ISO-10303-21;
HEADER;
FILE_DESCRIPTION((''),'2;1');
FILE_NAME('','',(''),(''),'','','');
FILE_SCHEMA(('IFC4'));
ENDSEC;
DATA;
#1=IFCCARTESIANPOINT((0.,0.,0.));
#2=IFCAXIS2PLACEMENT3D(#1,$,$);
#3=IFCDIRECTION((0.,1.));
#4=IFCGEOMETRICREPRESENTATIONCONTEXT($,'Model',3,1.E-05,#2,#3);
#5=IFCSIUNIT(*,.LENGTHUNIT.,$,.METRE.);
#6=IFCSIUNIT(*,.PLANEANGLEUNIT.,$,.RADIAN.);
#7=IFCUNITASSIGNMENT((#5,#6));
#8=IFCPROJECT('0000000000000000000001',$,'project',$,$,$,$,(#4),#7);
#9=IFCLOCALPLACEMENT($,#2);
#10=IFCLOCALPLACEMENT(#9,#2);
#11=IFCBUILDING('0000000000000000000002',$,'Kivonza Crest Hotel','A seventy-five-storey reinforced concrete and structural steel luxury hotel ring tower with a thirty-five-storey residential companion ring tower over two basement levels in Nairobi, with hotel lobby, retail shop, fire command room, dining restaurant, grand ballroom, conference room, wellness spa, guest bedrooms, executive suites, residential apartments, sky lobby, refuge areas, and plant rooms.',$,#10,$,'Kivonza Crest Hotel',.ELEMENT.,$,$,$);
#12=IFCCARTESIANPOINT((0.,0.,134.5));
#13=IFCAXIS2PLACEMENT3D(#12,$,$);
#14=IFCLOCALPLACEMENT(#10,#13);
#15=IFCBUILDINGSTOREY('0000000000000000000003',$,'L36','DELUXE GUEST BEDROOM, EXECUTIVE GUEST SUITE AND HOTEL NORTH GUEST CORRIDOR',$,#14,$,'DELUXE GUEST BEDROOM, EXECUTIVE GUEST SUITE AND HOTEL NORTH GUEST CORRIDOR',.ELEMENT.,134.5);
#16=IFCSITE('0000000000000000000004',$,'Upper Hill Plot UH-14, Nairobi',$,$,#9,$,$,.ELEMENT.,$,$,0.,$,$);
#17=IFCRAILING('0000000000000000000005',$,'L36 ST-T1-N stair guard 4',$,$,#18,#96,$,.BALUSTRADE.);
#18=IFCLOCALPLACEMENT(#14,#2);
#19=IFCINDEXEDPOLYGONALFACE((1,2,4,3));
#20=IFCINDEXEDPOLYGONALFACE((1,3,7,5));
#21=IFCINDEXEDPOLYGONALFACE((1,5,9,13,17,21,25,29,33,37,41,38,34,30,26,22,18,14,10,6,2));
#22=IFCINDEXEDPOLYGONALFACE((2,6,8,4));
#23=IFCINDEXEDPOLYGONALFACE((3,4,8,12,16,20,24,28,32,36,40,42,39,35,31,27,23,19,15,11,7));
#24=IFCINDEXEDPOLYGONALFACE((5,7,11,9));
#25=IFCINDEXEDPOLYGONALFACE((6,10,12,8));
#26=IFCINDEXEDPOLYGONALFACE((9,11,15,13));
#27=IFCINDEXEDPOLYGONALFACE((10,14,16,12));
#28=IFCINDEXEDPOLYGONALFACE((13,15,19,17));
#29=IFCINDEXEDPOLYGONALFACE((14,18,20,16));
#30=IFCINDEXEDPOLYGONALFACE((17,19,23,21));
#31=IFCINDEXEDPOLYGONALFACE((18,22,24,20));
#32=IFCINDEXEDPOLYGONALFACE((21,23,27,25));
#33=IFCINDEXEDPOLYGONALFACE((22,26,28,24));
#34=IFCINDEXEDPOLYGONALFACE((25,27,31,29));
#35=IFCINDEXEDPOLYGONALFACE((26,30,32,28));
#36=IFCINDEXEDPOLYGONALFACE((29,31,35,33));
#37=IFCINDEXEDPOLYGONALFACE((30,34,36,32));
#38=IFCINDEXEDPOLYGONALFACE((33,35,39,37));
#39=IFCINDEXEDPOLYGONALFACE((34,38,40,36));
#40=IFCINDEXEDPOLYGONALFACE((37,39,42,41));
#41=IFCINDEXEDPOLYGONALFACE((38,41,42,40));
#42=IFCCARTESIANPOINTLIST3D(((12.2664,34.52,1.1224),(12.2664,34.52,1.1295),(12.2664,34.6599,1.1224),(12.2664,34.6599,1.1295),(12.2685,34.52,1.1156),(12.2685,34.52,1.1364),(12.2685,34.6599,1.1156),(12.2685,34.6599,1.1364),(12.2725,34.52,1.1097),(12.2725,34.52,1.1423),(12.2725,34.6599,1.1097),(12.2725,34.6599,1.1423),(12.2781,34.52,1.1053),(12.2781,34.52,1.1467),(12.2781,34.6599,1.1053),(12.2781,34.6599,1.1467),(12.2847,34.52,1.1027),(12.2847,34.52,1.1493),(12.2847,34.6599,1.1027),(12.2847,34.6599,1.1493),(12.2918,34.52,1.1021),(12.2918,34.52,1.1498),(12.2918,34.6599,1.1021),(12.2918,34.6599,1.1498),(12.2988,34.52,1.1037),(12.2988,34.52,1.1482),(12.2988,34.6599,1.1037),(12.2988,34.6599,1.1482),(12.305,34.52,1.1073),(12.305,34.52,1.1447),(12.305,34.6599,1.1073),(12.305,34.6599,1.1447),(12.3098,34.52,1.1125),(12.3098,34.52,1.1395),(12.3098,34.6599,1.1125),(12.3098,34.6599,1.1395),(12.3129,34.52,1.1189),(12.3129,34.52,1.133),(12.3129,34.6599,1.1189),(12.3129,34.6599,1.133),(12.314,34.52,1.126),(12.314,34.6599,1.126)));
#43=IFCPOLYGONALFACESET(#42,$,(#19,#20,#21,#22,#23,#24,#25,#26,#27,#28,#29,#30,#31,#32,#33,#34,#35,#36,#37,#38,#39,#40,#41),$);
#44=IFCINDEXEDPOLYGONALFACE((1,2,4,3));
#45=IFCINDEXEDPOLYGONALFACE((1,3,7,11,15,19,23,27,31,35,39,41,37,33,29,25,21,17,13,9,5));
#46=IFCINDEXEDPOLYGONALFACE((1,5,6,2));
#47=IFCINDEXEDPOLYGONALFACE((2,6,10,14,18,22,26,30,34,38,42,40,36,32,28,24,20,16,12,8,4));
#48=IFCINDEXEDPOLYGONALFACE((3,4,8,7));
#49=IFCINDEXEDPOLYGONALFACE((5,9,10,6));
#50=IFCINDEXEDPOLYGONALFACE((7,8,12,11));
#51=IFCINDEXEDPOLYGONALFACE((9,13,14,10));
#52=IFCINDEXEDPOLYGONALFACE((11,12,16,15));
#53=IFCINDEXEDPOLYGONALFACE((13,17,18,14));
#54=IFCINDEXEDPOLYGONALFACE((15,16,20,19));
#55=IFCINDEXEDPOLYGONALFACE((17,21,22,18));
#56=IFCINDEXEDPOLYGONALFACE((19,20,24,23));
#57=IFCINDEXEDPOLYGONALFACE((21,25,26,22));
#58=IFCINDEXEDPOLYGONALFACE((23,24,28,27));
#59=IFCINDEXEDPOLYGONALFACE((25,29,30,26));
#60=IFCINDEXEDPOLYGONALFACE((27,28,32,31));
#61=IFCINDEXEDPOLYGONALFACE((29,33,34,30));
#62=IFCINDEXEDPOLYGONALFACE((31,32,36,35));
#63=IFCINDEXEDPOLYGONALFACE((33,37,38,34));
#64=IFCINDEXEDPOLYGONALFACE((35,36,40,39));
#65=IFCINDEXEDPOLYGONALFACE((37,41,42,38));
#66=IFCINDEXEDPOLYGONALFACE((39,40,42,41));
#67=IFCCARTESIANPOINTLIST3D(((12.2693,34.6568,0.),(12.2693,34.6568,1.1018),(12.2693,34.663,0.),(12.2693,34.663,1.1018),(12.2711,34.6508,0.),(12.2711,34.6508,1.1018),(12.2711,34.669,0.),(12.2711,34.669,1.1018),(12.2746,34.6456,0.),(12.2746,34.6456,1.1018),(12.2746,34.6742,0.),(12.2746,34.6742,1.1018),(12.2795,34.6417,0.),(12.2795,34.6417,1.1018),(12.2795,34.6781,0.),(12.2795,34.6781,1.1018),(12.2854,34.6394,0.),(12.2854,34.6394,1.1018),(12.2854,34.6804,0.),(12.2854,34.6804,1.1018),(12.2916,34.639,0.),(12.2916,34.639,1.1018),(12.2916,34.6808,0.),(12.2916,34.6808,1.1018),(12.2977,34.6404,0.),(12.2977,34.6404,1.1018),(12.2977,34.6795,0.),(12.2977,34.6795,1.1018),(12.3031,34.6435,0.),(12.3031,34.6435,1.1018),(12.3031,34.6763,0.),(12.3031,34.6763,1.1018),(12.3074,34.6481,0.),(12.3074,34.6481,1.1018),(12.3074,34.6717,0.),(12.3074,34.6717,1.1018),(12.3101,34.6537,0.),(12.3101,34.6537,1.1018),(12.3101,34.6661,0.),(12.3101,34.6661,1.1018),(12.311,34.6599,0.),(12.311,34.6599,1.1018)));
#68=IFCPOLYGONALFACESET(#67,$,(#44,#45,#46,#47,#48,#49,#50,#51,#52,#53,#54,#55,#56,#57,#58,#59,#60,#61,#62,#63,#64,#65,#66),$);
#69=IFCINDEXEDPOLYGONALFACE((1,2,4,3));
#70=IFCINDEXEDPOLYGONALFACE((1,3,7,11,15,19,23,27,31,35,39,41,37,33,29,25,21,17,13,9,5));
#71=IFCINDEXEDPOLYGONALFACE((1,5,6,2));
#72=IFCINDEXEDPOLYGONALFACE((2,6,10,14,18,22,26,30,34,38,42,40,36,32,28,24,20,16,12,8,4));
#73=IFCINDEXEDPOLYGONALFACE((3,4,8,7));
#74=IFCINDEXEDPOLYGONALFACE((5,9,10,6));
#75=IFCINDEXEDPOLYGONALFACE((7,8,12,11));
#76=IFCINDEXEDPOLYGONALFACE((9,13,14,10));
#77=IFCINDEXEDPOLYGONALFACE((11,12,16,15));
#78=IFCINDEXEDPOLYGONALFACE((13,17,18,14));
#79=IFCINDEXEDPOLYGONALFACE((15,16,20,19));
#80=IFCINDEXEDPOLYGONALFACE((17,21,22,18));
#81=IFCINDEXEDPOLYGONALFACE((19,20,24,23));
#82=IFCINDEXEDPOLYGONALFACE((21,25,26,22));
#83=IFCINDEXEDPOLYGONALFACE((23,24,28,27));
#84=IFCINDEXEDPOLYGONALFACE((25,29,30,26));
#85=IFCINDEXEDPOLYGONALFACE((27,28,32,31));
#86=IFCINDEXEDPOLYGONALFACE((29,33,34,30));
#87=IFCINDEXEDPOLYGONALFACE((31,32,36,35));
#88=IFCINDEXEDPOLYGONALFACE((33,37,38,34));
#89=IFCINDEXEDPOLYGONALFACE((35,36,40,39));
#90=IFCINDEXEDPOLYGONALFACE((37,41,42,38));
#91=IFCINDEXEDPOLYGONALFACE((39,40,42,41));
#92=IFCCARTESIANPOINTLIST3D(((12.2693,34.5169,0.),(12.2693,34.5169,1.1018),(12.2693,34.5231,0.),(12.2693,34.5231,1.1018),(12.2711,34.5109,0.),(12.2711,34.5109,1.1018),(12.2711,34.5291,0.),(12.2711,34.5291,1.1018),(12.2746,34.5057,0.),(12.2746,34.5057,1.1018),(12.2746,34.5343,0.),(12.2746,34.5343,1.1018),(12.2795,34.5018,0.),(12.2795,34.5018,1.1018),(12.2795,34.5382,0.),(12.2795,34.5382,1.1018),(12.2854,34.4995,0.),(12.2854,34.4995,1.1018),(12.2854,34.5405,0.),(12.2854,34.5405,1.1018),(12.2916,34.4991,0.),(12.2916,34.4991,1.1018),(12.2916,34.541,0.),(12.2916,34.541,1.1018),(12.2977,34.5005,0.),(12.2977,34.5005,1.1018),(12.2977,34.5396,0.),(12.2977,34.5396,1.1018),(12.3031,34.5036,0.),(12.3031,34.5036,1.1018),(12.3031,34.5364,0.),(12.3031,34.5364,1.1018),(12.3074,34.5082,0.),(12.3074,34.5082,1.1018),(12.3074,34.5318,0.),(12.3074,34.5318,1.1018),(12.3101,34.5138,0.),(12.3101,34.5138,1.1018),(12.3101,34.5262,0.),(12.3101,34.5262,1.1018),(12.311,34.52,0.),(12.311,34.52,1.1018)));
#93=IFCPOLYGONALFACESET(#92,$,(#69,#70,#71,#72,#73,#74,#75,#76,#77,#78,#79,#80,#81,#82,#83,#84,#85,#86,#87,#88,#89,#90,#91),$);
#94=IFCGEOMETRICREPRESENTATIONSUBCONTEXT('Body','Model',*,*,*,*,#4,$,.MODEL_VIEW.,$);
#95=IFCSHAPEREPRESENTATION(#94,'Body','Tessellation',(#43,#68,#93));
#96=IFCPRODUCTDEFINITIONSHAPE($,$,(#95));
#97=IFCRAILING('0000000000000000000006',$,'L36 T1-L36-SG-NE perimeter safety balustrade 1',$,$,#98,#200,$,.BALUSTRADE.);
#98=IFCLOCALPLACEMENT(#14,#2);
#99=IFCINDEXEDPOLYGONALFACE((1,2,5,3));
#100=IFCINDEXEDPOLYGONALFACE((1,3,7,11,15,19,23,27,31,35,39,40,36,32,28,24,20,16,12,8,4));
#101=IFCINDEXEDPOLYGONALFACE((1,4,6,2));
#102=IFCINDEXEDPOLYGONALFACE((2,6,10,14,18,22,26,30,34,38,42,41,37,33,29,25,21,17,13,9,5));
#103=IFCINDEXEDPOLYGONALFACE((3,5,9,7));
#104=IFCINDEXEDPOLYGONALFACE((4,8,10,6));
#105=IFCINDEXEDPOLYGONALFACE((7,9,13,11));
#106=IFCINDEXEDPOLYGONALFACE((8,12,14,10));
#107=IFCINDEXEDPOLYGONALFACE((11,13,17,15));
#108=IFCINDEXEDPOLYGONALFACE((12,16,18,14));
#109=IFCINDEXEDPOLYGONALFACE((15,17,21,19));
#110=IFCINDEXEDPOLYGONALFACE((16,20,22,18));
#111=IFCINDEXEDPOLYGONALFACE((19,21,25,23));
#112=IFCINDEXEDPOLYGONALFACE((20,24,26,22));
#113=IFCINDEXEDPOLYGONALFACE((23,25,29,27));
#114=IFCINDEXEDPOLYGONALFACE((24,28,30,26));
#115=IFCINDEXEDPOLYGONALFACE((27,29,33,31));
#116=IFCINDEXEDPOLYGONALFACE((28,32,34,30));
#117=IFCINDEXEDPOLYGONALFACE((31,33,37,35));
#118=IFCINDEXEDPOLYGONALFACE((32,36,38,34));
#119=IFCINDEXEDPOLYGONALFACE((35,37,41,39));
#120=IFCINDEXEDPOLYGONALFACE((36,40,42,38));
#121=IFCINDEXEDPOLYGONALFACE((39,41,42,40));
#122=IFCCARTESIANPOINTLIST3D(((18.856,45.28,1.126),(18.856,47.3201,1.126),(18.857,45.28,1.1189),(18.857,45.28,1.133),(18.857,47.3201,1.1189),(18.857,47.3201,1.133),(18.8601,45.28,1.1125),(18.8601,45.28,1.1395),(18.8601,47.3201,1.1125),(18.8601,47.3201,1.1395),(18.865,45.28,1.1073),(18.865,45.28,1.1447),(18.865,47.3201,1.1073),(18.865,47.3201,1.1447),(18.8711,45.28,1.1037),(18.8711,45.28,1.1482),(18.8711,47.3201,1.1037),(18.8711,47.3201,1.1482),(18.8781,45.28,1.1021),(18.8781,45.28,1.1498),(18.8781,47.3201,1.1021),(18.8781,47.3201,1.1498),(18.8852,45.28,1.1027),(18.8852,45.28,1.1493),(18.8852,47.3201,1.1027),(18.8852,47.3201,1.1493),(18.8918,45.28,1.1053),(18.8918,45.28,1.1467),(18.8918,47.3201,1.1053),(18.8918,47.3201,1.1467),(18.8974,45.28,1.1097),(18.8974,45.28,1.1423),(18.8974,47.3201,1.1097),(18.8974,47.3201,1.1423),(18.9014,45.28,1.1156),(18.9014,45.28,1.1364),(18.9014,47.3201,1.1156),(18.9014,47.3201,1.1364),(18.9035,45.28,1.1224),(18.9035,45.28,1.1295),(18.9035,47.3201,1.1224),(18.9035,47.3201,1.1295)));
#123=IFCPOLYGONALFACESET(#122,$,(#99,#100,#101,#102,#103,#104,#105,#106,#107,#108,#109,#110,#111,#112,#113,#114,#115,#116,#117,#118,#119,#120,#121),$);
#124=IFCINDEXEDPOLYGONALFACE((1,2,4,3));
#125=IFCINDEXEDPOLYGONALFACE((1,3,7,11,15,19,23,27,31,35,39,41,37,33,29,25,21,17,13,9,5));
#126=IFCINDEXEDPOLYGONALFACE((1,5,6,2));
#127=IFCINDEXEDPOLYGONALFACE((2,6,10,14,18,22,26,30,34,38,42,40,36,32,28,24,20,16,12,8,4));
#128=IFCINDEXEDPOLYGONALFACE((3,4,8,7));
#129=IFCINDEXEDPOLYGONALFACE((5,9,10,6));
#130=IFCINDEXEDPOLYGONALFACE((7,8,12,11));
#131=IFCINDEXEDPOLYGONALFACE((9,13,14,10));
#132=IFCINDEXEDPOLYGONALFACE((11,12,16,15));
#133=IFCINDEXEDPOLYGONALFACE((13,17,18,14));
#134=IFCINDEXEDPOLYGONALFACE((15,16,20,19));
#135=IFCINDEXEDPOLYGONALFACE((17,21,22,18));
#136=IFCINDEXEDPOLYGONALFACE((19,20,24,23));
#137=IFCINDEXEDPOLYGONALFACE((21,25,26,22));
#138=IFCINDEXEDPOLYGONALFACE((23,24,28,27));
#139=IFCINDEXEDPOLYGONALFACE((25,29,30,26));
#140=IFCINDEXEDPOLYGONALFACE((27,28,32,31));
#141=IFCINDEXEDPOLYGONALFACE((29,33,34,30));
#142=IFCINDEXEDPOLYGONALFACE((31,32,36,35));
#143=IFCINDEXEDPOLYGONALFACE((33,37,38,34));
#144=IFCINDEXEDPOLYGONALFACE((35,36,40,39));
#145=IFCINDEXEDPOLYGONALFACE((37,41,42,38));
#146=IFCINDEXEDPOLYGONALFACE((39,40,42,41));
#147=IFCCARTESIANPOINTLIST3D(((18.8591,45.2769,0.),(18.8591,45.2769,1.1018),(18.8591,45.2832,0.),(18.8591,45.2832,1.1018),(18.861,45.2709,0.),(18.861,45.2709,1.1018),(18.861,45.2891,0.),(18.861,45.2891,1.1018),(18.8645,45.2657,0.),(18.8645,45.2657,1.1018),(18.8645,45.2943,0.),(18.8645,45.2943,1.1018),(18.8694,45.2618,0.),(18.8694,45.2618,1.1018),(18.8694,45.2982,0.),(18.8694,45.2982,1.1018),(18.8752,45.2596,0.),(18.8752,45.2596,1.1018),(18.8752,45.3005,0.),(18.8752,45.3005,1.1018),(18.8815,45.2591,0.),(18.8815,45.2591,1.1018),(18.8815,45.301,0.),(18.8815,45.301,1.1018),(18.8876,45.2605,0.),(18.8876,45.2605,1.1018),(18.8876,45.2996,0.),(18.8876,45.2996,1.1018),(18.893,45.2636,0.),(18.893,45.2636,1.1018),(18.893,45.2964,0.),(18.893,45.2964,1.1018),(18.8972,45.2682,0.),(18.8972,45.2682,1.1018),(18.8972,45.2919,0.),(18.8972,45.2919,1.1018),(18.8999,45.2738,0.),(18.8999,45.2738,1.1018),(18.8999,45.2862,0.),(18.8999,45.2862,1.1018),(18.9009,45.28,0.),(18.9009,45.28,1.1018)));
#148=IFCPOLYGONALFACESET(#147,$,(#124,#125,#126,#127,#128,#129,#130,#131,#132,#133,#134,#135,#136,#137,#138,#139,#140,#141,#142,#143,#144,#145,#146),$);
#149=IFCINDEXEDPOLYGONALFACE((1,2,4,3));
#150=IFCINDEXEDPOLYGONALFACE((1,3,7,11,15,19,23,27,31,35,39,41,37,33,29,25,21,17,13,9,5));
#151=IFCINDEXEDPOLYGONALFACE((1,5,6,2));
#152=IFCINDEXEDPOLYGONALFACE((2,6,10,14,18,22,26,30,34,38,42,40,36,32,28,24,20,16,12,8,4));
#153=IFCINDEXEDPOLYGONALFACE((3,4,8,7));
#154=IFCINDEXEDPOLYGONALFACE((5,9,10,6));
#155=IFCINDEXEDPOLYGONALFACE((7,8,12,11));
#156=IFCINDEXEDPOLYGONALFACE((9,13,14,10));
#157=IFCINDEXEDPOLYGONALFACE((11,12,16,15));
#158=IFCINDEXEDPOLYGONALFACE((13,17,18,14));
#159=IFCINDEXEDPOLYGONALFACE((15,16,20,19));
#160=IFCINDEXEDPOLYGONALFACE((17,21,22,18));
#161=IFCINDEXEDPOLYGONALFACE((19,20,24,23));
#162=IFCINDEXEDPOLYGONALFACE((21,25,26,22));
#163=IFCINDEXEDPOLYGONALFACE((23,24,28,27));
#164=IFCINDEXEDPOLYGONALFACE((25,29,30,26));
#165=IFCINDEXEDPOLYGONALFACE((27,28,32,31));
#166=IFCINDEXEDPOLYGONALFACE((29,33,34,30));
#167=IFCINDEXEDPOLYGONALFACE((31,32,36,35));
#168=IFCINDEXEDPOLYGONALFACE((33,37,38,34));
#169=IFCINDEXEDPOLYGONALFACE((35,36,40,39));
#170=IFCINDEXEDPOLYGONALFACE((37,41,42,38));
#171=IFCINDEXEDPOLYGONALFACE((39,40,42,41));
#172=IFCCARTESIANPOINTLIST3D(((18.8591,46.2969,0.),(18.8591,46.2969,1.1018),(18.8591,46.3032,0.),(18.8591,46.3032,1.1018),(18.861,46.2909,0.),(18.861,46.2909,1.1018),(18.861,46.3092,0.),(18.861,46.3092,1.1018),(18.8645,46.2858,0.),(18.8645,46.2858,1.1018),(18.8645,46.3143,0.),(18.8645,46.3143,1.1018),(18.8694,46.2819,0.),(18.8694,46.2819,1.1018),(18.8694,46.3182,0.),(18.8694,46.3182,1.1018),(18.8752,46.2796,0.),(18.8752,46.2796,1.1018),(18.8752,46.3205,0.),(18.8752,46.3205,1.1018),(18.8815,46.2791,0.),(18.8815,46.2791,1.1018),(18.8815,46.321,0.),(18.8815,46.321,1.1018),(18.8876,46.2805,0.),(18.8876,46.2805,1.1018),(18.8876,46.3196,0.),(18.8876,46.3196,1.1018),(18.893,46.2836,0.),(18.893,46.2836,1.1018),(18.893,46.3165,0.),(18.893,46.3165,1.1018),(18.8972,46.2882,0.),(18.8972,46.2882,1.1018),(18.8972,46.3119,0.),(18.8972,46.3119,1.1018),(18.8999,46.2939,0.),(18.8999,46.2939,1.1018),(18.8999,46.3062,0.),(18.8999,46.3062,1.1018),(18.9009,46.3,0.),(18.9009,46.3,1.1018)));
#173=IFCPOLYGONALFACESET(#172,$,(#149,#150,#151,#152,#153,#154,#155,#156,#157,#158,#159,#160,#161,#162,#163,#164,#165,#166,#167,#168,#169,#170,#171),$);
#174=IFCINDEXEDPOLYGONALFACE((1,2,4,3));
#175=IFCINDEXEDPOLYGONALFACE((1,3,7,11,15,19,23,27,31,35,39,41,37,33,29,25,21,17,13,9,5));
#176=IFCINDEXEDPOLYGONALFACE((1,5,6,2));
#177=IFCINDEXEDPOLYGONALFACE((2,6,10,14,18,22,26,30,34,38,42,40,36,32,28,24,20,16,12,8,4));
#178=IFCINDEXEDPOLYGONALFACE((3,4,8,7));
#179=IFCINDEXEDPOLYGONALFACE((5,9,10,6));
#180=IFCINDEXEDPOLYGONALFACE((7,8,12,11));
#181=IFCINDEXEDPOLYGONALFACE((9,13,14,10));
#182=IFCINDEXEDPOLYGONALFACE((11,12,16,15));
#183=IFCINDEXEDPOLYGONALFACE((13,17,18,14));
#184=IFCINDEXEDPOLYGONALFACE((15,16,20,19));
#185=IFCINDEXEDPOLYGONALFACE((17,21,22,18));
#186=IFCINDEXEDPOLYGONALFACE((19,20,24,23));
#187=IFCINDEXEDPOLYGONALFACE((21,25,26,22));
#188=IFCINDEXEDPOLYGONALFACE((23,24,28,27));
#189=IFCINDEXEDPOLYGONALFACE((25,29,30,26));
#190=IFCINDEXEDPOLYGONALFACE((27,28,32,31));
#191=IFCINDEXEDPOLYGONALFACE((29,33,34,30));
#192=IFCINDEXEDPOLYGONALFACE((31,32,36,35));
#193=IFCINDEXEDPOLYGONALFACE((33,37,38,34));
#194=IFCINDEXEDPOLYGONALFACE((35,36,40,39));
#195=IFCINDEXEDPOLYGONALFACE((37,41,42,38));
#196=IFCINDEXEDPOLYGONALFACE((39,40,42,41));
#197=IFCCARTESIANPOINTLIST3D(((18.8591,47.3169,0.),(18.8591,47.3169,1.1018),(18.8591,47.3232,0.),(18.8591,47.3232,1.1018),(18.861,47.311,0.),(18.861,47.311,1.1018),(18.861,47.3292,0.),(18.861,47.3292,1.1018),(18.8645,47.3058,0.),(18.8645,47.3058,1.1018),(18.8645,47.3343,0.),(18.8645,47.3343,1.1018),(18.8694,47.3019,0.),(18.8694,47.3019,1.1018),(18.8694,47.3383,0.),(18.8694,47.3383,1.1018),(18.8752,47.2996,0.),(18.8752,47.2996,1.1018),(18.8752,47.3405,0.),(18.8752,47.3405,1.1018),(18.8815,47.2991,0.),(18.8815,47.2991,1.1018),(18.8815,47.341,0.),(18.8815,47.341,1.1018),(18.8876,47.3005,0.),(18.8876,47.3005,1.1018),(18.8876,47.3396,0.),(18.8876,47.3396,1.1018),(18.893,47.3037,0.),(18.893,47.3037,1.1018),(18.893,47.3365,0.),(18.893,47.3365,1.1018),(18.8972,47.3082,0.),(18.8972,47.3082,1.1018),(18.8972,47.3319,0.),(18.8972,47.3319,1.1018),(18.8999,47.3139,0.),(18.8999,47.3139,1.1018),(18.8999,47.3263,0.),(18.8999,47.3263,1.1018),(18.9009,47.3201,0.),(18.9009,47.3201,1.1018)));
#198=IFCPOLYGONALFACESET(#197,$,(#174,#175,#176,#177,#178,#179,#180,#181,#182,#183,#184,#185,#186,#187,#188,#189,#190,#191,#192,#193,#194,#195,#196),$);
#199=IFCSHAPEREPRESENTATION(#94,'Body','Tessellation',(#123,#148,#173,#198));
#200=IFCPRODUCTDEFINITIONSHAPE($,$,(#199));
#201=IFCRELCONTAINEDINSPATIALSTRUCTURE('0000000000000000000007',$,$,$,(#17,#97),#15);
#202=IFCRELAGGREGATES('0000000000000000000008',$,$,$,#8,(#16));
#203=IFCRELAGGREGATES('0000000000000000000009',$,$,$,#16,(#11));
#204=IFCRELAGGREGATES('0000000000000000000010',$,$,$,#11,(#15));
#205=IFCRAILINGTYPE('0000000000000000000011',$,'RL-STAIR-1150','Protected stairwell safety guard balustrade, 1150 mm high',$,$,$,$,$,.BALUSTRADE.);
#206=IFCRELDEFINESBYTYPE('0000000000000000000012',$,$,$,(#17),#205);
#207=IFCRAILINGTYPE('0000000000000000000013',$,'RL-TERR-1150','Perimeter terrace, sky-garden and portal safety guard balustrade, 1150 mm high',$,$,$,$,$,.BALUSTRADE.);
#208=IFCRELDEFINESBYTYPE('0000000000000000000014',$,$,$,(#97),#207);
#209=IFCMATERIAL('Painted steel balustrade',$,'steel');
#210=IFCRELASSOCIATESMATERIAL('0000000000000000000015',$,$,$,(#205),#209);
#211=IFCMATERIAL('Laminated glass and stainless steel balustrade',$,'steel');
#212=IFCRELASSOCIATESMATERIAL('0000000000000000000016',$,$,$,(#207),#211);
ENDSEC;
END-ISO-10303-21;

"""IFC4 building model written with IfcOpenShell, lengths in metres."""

from ifc_helpers import new_model, si_unit, direction, frame, origin, origin_2d, place, context, subcontext, project, spatial, circle, extrude, material, type_object, element, save


model = new_model("IFC4")

# Units and contexts
model_context = context("Model", 3, precision=1e-05, world=origin(), true_north=direction((0.0, 1.0)))
body_context = subcontext(model_context, "Body", "Model", "MODEL_VIEW")
ifc_project = project(units=[si_unit("LENGTHUNIT", "METRE"), si_unit("PLANEANGLEUNIT", "RADIAN")], contexts=[model_context])

# Site, building, storey
site_placement = place(None, origin())
site = spatial("IfcSite", under=ifc_project, at=site_placement, Name="Upper Hill Plot UH-14, Nairobi", CompositionType="ELEMENT", RefElevation=0.0)
building_placement = place(site_placement, origin())
building = spatial("IfcBuilding", under=site, at=building_placement, Name="Kivonza Crest Hotel", Description="A seventy-five-storey reinforced concrete and structural steel luxury hotel ring tower with a thirty-five-storey residential companion ring tower over two basement levels in Nairobi, with hotel lobby, retail shop, fire command room, dining restaurant, grand ballroom, conference room, wellness spa, guest bedrooms, executive suites, residential apartments, sky lobby, refuge areas, and plant rooms.", LongName="Kivonza Crest Hotel", CompositionType="ELEMENT")
storey_placement = place(building_placement, frame((0.0, 0.0, 134.5)))
storey = spatial("IfcBuildingStorey", under=building, at=storey_placement, Name="L36", Description="DELUXE GUEST BEDROOM, EXECUTIVE GUEST SUITE AND HOTEL NORTH GUEST CORRIDOR", LongName="DELUXE GUEST BEDROOM, EXECUTIVE GUEST SUITE AND HOTEL NORTH GUEST CORRIDOR", CompositionType="ELEMENT", Elevation=134.5)

# Railings
ifc_material_1 = material(Name="Painted steel balustrade", Category="steel")
railing_type_1 = type_object("IfcRailingType", Name="RL-STAIR-1150", Description="Protected stairwell safety guard balustrade, 1150 mm high", PredefinedType="BALUSTRADE", material=ifc_material_1)
railing_1_placement = place(storey_placement, frame((12.29, 34.6599, 0.0)))
element("IfcRailing", 1, at=railing_1_placement, inside=storey, type_object=railing_type_1, Name="L36 ST-T1-N stair guard 4", PredefinedType="BALUSTRADE", context=body_context, shape_type="SweptSolid", body=[
    extrude(circle(Radius=0.0239, at=origin_2d()), frame((0.0, 0.0, 1.126), z_axis=(0.0, -1.0, 0.0), x_axis=(1.0, 0.0, 0.0)), (0.0, 0.0, 1.0), 0.1399),
    extrude(circle(Radius=0.021, at=origin_2d()), origin(), (0.0, 0.0, 1.0), 1.1018),
    extrude(circle(Radius=0.021, at=origin_2d()), frame((0.0, -0.1399, 0.0)), (0.0, 0.0, 1.0), 1.1018),
])
ifc_material_2 = material(Name="Laminated glass and stainless steel balustrade", Category="steel")
railing_type_2 = type_object("IfcRailingType", Name="RL-TERR-1150", Description="Perimeter terrace, sky-garden and portal safety guard balustrade, 1150 mm high", PredefinedType="BALUSTRADE", material=ifc_material_2)
railing_2_placement = place(storey_placement, frame((18.8799, 45.28, 0.0)))
element("IfcRailing", 2, at=railing_2_placement, inside=storey, type_object=railing_type_2, Name="L36 T1-L36-SG-NE perimeter safety balustrade 1", PredefinedType="BALUSTRADE", context=body_context, shape_type="SweptSolid", body=[
    extrude(circle(Radius=0.0239, at=origin_2d()), frame((0.0, 0.0, 1.126), z_axis=(0.0, 1.0, 0.0), x_axis=(-1.0, 0.0, 0.0)), (0.0, 0.0, 1.0), 2.04),
    extrude(circle(Radius=0.021, at=origin_2d()), origin(), (0.0, 0.0, 1.0), 1.1018),
    extrude(circle(Radius=0.021, at=origin_2d()), frame((0.0, 1.02, 0.0)), (0.0, 0.0, 1.0), 1.1018),
    extrude(circle(Radius=0.021, at=origin_2d()), frame((0.0, 2.04, 0.0)), (0.0, 0.0, 1.0), 1.1018),
])

save(model, "model.ifc")
